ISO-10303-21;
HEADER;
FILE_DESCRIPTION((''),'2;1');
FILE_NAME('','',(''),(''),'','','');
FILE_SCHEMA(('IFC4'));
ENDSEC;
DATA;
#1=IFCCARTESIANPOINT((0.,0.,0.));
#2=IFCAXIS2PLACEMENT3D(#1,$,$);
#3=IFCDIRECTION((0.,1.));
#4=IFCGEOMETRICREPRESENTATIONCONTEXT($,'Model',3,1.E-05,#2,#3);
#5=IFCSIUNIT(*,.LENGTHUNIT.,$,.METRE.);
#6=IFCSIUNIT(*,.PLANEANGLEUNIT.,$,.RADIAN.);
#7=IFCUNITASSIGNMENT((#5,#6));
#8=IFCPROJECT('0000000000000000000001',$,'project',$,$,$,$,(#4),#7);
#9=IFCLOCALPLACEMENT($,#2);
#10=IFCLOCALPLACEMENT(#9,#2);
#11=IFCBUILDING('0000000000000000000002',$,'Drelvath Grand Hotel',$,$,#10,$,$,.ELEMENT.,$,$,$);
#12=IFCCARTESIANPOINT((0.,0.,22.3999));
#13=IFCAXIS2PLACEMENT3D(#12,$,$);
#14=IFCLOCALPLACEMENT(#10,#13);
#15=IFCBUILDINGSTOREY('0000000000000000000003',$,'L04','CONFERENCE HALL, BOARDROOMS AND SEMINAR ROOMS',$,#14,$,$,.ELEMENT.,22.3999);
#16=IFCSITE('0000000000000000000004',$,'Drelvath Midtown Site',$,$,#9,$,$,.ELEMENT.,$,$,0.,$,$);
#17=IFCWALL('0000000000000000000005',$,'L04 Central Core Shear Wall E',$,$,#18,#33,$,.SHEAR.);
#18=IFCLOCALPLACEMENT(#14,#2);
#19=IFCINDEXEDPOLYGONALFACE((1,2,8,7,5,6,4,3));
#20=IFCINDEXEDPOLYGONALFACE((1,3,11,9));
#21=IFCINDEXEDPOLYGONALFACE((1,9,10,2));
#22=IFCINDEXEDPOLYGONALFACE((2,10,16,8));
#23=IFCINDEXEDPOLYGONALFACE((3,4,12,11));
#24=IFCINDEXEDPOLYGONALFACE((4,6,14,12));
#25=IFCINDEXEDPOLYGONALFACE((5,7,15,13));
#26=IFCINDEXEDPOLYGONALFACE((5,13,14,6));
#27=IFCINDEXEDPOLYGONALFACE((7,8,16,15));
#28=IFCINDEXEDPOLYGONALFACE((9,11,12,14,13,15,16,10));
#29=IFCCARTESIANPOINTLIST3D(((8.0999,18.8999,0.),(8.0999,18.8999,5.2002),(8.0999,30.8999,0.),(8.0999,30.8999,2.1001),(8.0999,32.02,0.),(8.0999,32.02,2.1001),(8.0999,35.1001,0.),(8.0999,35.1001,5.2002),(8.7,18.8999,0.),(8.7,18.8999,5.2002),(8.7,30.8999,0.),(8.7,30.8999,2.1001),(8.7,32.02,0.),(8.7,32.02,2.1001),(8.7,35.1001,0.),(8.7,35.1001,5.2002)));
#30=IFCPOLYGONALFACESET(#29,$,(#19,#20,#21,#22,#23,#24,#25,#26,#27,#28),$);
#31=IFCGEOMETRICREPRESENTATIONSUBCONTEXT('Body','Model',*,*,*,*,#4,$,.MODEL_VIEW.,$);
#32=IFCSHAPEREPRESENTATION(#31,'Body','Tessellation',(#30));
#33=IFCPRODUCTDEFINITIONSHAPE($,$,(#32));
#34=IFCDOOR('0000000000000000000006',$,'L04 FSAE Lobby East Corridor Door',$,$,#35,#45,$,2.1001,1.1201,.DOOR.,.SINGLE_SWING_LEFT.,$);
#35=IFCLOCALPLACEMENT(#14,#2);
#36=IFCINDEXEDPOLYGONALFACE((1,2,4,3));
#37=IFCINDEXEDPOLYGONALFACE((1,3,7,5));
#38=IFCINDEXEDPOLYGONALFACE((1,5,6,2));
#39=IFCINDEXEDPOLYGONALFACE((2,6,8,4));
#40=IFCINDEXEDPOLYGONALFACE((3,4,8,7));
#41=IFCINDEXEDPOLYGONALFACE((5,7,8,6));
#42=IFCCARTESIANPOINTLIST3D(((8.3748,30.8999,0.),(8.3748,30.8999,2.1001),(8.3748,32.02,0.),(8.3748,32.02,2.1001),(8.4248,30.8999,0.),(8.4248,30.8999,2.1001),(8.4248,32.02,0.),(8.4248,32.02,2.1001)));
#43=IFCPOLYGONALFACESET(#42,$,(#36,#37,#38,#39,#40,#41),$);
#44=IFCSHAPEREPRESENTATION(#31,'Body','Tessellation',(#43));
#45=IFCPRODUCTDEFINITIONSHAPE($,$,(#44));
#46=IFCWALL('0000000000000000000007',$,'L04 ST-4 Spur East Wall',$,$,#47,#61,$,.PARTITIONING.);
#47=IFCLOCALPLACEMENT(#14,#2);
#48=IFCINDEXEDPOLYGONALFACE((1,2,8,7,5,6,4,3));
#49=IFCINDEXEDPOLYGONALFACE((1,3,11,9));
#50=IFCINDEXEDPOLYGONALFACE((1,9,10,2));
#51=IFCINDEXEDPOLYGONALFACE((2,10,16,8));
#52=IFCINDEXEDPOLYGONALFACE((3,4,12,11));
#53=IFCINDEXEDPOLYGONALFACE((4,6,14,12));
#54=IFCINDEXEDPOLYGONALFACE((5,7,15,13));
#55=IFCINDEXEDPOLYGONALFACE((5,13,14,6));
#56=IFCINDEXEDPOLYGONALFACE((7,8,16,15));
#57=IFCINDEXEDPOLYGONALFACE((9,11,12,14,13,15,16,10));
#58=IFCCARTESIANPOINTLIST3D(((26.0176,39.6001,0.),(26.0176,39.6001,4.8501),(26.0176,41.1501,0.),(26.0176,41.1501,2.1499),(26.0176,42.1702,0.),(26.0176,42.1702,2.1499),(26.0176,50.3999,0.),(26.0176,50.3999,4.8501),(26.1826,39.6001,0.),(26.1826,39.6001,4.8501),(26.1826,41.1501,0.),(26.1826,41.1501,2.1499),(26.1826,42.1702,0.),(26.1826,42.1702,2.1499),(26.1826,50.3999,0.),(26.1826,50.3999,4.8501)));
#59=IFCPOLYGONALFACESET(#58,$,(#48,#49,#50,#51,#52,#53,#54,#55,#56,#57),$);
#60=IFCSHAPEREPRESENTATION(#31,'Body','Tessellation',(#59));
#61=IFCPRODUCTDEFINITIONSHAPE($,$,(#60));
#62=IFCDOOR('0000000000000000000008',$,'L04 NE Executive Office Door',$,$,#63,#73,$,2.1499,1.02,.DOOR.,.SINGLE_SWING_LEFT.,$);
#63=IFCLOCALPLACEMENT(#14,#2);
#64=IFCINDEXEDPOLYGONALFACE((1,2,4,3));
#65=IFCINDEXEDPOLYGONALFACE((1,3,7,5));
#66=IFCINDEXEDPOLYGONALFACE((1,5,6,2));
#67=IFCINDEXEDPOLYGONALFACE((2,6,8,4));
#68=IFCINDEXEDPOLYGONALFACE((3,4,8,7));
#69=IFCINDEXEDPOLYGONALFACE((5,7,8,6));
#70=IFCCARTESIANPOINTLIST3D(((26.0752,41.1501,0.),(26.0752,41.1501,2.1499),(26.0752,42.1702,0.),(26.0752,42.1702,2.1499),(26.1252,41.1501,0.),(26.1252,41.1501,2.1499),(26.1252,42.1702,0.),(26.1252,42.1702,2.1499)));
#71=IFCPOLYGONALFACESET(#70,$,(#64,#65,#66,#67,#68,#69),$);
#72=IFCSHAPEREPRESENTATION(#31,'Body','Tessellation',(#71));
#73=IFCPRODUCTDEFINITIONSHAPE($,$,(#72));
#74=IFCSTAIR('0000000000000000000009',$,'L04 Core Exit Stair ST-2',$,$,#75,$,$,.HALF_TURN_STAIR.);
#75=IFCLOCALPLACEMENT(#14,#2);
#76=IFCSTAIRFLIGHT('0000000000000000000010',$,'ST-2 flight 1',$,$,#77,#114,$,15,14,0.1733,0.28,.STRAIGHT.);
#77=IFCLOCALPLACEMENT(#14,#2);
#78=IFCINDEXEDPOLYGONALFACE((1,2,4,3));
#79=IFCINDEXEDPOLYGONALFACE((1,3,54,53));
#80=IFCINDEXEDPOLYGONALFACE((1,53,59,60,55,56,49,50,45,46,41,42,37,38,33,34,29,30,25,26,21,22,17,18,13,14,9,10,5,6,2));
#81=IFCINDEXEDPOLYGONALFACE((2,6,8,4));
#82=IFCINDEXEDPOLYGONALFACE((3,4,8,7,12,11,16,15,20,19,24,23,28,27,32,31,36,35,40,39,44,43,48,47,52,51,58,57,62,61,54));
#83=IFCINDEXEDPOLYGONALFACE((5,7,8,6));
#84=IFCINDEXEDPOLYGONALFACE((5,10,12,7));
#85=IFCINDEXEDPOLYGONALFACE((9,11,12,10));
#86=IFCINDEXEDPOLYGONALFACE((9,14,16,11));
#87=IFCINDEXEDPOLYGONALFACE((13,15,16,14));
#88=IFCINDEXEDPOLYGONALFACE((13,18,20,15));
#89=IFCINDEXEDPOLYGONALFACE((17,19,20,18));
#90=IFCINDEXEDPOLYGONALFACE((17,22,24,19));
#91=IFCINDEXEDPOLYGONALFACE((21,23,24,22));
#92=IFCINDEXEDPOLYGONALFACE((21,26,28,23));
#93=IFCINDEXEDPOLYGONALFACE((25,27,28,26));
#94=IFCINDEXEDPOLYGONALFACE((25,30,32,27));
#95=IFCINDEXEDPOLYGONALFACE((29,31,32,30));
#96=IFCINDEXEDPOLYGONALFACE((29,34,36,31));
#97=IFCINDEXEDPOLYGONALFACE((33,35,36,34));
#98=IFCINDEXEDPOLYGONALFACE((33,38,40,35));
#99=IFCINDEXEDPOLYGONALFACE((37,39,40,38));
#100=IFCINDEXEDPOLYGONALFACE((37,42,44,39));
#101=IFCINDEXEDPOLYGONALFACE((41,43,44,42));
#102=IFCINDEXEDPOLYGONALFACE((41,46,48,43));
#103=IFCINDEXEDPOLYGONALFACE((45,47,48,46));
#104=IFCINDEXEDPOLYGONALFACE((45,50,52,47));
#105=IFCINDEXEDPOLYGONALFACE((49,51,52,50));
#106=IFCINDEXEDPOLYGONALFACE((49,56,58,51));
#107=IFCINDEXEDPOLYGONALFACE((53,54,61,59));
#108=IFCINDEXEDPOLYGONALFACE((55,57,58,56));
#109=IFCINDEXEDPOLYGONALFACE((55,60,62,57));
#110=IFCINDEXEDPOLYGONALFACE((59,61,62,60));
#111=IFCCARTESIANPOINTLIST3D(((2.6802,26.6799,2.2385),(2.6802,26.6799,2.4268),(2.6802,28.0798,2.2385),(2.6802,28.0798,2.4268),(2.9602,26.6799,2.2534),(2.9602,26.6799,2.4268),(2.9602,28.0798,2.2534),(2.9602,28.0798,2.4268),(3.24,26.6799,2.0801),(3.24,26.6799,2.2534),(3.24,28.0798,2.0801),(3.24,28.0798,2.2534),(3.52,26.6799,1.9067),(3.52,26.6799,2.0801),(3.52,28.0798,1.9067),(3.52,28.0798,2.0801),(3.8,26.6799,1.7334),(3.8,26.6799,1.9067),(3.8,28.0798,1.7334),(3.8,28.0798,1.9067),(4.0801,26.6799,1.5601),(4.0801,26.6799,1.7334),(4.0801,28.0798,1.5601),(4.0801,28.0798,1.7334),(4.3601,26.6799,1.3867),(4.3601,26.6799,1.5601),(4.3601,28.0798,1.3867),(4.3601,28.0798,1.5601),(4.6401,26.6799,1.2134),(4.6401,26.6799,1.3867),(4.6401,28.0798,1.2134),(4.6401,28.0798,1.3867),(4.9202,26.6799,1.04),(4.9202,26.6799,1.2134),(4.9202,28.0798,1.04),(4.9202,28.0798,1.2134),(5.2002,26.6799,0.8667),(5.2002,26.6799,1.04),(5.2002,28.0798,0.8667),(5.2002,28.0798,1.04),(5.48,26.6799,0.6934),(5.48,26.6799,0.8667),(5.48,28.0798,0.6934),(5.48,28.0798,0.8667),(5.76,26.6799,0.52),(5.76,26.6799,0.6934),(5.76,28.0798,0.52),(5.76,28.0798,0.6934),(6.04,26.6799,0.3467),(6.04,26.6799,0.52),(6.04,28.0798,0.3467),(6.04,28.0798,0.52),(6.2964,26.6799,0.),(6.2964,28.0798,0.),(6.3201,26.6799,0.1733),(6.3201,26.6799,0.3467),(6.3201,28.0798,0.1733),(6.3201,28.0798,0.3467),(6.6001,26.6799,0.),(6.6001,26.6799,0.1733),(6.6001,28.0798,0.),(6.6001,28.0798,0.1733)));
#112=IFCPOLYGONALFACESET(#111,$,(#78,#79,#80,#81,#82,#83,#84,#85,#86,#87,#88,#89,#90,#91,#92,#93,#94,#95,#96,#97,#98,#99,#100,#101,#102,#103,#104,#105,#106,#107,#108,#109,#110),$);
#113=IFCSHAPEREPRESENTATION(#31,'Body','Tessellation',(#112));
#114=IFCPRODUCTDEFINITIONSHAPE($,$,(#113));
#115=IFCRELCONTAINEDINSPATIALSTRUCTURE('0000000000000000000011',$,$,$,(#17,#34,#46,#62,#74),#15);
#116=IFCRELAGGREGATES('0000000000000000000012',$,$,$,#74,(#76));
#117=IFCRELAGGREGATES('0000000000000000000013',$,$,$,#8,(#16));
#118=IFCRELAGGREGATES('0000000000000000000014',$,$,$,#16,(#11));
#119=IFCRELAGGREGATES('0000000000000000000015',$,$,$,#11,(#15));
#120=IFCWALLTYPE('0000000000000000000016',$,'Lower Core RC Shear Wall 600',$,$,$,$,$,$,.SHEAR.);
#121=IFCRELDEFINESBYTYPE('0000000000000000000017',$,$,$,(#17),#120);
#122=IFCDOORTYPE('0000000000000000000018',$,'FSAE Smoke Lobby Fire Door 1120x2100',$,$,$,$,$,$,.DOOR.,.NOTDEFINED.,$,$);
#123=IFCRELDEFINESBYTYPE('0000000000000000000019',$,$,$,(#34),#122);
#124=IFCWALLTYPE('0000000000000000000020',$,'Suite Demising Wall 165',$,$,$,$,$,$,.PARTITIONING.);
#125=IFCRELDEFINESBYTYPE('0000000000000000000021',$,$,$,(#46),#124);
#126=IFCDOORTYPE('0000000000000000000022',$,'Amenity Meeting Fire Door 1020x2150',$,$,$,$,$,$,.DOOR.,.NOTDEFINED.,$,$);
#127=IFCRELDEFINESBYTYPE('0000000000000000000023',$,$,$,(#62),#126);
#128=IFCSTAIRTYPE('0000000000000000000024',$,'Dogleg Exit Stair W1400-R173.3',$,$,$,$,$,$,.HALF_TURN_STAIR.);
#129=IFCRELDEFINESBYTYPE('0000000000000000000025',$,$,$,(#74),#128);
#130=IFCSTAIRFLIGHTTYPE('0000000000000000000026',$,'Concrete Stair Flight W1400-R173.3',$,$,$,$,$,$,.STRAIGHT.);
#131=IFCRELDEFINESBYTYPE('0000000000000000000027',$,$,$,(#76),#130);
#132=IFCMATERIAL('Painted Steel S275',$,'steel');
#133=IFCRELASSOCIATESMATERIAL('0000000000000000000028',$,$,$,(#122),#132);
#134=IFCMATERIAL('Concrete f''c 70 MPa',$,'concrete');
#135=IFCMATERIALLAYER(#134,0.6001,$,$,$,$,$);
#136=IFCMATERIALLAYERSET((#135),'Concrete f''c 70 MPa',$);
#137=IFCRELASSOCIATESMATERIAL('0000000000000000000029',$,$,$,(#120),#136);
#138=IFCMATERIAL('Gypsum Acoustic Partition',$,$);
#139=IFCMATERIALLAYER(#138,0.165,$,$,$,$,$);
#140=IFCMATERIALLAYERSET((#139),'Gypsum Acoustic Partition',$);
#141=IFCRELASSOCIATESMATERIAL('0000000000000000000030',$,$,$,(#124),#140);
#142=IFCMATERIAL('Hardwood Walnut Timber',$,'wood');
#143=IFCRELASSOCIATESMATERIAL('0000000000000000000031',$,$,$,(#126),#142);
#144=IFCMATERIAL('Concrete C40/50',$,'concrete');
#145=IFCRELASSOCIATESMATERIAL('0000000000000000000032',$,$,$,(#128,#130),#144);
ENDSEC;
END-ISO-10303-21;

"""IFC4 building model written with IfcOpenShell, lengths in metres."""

from ifc_helpers import new_model, si_unit, direction, frame, frame_2d, origin, place, context, subcontext, project, spatial, polyline, rectangle, outline, extrude, material, layer, layer_set, type_object, element, fill, aggregate, save


model = new_model("IFC4")

# Units and contexts
model_context = context("Model", 3, precision=1e-05, world=origin(), true_north=direction((0.0, 1.0)))
body_context = subcontext(model_context, "Body", "Model", "MODEL_VIEW")
ifc_project = project(units=[si_unit("LENGTHUNIT", "METRE"), si_unit("PLANEANGLEUNIT", "RADIAN")], contexts=[model_context])

# Site, building, storey
site_placement = place(None, origin())
site = spatial("IfcSite", under=ifc_project, at=site_placement, Name="Drelvath Midtown Site", CompositionType="ELEMENT", RefElevation=0.0)
building_placement = place(site_placement, origin())
building = spatial("IfcBuilding", under=site, at=building_placement, Name="Drelvath Grand Hotel", CompositionType="ELEMENT")
storey_placement = place(building_placement, frame((0.0, 0.0, 22.3999)))
storey = spatial("IfcBuildingStorey", under=building, at=storey_placement, Name="L04", Description="CONFERENCE HALL, BOARDROOMS AND SEMINAR ROOMS", CompositionType="ELEMENT", Elevation=22.3999)

# Shared definitions
ifc_material_1 = material(Name="Concrete f'c 70 MPa", Category="concrete")

# Shared definitions
ifc_material_2 = material(Name="Concrete C40/50", Category="concrete")

# Shared definitions
ifc_material_3 = material(Name="Painted Steel S275", Category="steel")

# Shared definitions
door_type_1 = type_object("IfcDoorType", Name="FSAE Smoke Lobby Fire Door 1120x2100", OperationType="NOTDEFINED", PredefinedType="DOOR", material=ifc_material_3)

# Shared definitions
ifc_material_4 = material(Name="Gypsum Acoustic Partition")

# Walls, openings, doors
ifc_layer_1 = layer(ifc_material_1, 0.6001)
ifc_layer_set_1 = layer_set([ifc_layer_1], Name="Concrete f'c 70 MPa")
wall_type_1 = type_object("IfcWallType", Name="Lower Core RC Shear Wall 600", PredefinedType="SHEAR", material=ifc_layer_set_1)
wall_1_placement = place(storey_placement, frame((8.3999, 35.1001, 0.0), z_axis=(0.0, 0.0, 1.0), x_axis=(0.0, -1.0, 0.0)))
wall_1 = element("IfcWall", 1, at=wall_1_placement, inside=storey, type_object=wall_type_1, Name="L04 Central Core Shear Wall E", PredefinedType="SHEAR", context=body_context, shape_type="SweptSolid", body=[
    extrude(rectangle(XDim=16.2002, YDim=0.6001, at=frame_2d((8.1001, 0.0))), origin(), (0.0, 0.0, 1.0), 5.2002),
])
opening_1_placement = place(wall_1_placement, frame((3.0801, 0.0, 0.0)))
opening_1 = element("IfcOpeningElement", 2, at=opening_1_placement, cuts=wall_1, PredefinedType="OPENING", context=body_context, shape_type="SweptSolid", body=[
    extrude(rectangle(XDim=1.1201, YDim=2.1001, at=frame_2d((0.5601, 1.05))), frame((0.0, 0.3101, 0.0), z_axis=(0.0, -1.0, 0.0), x_axis=(1.0, 0.0, 0.0)), (0.0, 0.0, 1.0), 0.6201),
])
door_1_placement = place(opening_1_placement, origin())
door_1 = element("IfcDoor", 3, at=door_1_placement, inside=storey, type_object=door_type_1, Name="L04 FSAE Lobby East Corridor Door", OperationType="SINGLE_SWING_LEFT", OverallHeight=2.1001, OverallWidth=1.1201, PredefinedType="DOOR", context=body_context, shape_type="SweptSolid", body=[
    extrude(rectangle(XDim=1.1201, YDim=2.1001, at=frame_2d((0.5601, 1.05))), frame((0.0, 0.0249, 0.0), z_axis=(0.0, -1.0, 0.0), x_axis=(1.0, 0.0, 0.0)), (0.0, 0.0, 1.0), 0.05),
])
fill(opening_1, door_1)
ifc_layer_2 = layer(ifc_material_4, 0.165)
ifc_layer_set_2 = layer_set([ifc_layer_2], Name="Gypsum Acoustic Partition")
wall_type_2 = type_object("IfcWallType", Name="Suite Demising Wall 165", PredefinedType="PARTITIONING", material=ifc_layer_set_2)
wall_2_placement = place(storey_placement, frame((26.1001, 39.6001, 0.0), z_axis=(0.0, 0.0, 1.0), x_axis=(0.0, 1.0, 0.0)))
wall_2 = element("IfcWall", 4, at=wall_2_placement, inside=storey, type_object=wall_type_2, Name="L04 ST-4 Spur East Wall", PredefinedType="PARTITIONING", context=body_context, shape_type="SweptSolid", body=[
    extrude(rectangle(XDim=10.7998, YDim=0.165, at=frame_2d((5.3999, 0.0))), origin(), (0.0, 0.0, 1.0), 4.8501),
])
opening_2_placement = place(wall_2_placement, frame((1.55, 0.0, 0.0)))
opening_2 = element("IfcOpeningElement", 5, at=opening_2_placement, cuts=wall_2, PredefinedType="OPENING", context=body_context, shape_type="SweptSolid", body=[
    extrude(rectangle(XDim=1.02, YDim=2.1499, at=frame_2d((0.51, 1.075))), frame((0.0, 0.0925, 0.0), z_axis=(0.0, -1.0, 0.0), x_axis=(1.0, 0.0, 0.0)), (0.0, 0.0, 1.0), 0.1851),
])
ifc_material_5 = material(Name="Hardwood Walnut Timber", Category="wood")
door_type_2 = type_object("IfcDoorType", Name="Amenity Meeting Fire Door 1020x2150", OperationType="NOTDEFINED", PredefinedType="DOOR", material=ifc_material_5)
door_2_placement = place(opening_2_placement, origin())
door_2 = element("IfcDoor", 6, at=door_2_placement, inside=storey, type_object=door_type_2, Name="L04 NE Executive Office Door", OperationType="SINGLE_SWING_LEFT", OverallHeight=2.1499, OverallWidth=1.02, PredefinedType="DOOR", context=body_context, shape_type="SweptSolid", body=[
    extrude(rectangle(XDim=1.02, YDim=2.1499, at=frame_2d((0.51, 1.075))), frame((0.0, 0.0249, 0.0), z_axis=(0.0, -1.0, 0.0), x_axis=(1.0, 0.0, 0.0)), (0.0, 0.0, 1.0), 0.05),
])
fill(opening_2, door_2)

# Stair, stair flight
stair_type = type_object("IfcStairType", Name="Dogleg Exit Stair W1400-R173.3", PredefinedType="HALF_TURN_STAIR", material=ifc_material_2)
stair_placement = place(storey_placement, origin())
stair = element("IfcStair", 7, at=stair_placement, inside=storey, type_object=stair_type, Name="L04 Core Exit Stair ST-2", PredefinedType="HALF_TURN_STAIR")
stair_flight_type = type_object("IfcStairFlightType", Name="Concrete Stair Flight W1400-R173.3", PredefinedType="STRAIGHT", material=ifc_material_2)
stair_flight_placement = place(storey_placement, frame((6.6001, 27.3799, 0.0), z_axis=(0.0, 0.0, 1.0), x_axis=(-1.0, 0.0, 0.0)))
stair_flight = element("IfcStairFlight", 8, at=stair_flight_placement, type_object=stair_flight_type, Name="ST-2 flight 1", NumberOfRisers=15, NumberOfTreads=14, PredefinedType="STRAIGHT", RiserHeight=0.1733, TreadLength=0.28, context=body_context, shape_type="SweptSolid", body=[
    extrude(outline(polyline([(0.0, 0.0), (0.0, 0.1733), (0.28, 0.1733), (0.28, 0.3467), (0.5601, 0.3467), (0.5601, 0.52), (0.8401, 0.52), (0.8401, 0.6934), (1.1201, 0.6934), (1.1201, 0.8667), (1.3999, 0.8667), (1.3999, 1.04), (1.6799, 1.04), (1.6799, 1.2134), (1.96, 1.2134), (1.96, 1.3867), (2.24, 1.3867), (2.24, 1.5601), (2.52, 1.5601), (2.52, 1.7334), (2.8, 1.7334), (2.8, 1.9067), (3.0801, 1.9067), (3.0801, 2.0801), (3.3601, 2.0801), (3.3601, 2.2534), (3.6399, 2.2534), (3.6399, 2.4268), (3.9199, 2.4268), (3.9199, 2.6001), (3.9199, 2.2385), (0.3037, 0.0), (0.0, 0.0)])), frame((0.0, 0.7, 0.0), z_axis=(0.0, -1.0, 0.0), x_axis=(1.0, 0.0, 0.0)), (0.0, 0.0, 1.0), 1.3999),
])
aggregate(stair, [stair_flight])

save(model, "model.ifc")
